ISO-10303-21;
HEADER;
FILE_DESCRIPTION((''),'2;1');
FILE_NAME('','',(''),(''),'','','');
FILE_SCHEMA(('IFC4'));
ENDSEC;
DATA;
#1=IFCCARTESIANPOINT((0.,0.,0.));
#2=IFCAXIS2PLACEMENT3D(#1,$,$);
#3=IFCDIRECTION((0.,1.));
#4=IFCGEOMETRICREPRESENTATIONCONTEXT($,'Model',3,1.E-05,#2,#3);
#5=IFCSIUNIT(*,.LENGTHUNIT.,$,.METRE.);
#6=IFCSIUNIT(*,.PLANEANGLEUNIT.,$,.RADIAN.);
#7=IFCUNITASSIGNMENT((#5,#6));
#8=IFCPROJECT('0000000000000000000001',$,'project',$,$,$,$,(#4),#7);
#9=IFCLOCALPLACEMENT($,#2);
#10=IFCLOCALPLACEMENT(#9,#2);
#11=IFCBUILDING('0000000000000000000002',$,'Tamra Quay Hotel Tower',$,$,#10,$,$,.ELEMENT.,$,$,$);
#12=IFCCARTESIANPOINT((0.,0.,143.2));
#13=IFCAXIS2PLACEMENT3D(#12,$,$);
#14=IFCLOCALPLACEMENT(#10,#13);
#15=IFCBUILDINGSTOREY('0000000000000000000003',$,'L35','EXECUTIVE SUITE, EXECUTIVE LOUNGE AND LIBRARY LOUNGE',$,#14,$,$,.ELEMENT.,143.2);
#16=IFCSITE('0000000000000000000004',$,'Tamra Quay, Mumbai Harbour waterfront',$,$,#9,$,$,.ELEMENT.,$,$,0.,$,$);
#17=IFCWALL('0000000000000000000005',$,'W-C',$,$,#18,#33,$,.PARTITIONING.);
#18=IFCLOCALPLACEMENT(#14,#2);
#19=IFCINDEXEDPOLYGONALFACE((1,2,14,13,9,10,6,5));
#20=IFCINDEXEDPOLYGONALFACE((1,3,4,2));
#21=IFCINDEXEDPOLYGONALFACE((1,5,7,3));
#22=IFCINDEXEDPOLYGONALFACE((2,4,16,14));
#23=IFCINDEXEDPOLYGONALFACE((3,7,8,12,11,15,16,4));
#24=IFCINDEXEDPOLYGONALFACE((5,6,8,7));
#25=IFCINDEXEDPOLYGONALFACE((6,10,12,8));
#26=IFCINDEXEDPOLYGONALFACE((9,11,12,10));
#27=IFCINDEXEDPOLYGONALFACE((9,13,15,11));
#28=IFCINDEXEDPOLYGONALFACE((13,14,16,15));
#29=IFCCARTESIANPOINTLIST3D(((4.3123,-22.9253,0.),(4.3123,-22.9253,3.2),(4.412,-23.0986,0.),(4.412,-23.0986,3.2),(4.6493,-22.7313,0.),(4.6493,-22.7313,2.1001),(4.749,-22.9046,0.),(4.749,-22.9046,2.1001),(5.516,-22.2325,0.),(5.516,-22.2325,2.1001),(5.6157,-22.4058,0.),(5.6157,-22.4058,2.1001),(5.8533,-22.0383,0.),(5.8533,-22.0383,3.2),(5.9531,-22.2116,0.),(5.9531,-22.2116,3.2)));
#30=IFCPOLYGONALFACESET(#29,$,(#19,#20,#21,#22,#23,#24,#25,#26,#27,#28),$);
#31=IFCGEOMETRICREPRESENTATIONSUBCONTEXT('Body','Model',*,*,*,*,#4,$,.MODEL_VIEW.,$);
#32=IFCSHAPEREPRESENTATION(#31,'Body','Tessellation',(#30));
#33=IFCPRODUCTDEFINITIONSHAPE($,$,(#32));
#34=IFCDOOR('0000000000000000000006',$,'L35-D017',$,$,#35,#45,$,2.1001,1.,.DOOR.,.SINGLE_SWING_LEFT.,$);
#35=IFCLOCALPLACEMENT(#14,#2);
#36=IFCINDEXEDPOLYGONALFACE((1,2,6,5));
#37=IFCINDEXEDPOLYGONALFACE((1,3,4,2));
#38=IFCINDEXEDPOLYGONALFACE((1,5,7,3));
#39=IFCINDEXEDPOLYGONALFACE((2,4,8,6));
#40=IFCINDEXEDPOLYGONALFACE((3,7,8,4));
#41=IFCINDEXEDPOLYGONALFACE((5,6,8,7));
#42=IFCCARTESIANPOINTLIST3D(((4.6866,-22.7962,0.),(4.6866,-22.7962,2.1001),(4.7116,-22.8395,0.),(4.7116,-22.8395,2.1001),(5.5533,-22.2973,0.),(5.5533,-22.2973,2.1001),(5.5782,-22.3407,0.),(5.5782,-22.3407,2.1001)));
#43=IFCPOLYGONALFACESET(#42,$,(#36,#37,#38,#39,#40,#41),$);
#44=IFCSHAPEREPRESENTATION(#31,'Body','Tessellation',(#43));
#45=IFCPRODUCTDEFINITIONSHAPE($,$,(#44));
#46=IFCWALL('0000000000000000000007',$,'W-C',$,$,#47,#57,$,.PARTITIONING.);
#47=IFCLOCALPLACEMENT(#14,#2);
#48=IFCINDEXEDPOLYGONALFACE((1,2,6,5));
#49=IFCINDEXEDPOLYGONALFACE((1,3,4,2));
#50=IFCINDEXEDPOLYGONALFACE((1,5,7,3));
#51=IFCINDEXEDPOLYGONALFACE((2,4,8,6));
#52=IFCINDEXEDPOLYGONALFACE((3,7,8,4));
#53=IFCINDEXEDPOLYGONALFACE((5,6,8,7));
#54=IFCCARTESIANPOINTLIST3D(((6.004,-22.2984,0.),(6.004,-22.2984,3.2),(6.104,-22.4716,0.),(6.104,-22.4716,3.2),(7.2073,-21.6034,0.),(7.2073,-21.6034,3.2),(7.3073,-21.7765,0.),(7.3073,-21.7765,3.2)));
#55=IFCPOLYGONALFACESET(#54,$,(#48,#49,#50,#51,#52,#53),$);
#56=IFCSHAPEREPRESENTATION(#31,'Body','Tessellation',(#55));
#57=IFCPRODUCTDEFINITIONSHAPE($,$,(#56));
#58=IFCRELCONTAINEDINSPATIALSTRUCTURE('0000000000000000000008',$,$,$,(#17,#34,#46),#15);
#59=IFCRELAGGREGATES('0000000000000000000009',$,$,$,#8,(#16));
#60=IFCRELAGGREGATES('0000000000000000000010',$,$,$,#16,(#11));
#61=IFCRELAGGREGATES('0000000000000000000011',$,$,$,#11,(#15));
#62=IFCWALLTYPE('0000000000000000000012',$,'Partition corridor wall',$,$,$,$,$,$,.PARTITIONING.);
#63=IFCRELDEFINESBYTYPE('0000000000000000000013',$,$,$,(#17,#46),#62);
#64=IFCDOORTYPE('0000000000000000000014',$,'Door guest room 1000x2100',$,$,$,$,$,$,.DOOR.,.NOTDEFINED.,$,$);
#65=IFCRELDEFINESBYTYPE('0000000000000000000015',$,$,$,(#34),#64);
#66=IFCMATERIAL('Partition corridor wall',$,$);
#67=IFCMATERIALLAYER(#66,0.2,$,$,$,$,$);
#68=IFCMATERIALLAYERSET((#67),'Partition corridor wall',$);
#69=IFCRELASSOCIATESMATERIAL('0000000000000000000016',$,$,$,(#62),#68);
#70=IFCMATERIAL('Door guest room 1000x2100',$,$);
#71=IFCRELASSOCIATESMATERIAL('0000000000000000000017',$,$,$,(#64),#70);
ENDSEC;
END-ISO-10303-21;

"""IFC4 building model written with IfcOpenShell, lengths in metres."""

from ifc_helpers import new_model, si_unit, direction, frame, frame_2d, origin, place, context, subcontext, project, spatial, rectangle, extrude, material, layer, layer_set, type_object, element, fill, save


model = new_model("IFC4")

# Units and contexts
model_context = context("Model", 3, precision=1e-05, world=origin(), true_north=direction((0.0, 1.0)))
body_context = subcontext(model_context, "Body", "Model", "MODEL_VIEW")
ifc_project = project(units=[si_unit("LENGTHUNIT", "METRE"), si_unit("PLANEANGLEUNIT", "RADIAN")], contexts=[model_context])

# Site, building, storey
site_placement = place(None, origin())
site = spatial("IfcSite", under=ifc_project, at=site_placement, Name="Tamra Quay, Mumbai Harbour waterfront", CompositionType="ELEMENT", RefElevation=0.0)
building_placement = place(site_placement, origin())
building = spatial("IfcBuilding", under=site, at=building_placement, Name="Tamra Quay Hotel Tower", CompositionType="ELEMENT")
storey_placement = place(building_placement, frame((0.0, 0.0, 143.2)))
storey = spatial("IfcBuildingStorey", under=building, at=storey_placement, Name="L35", Description="EXECUTIVE SUITE, EXECUTIVE LOUNGE AND LIBRARY LOUNGE", CompositionType="ELEMENT", Elevation=143.2)

# Shared definitions
ifc_material_1 = material(Name="Partition corridor wall")
ifc_layer_1 = layer(ifc_material_1, 0.2)
ifc_layer_set_1 = layer_set([ifc_layer_1], Name="Partition corridor wall")
wall_type_1 = type_object("IfcWallType", Name="Partition corridor wall", PredefinedType="PARTITIONING", material=ifc_layer_set_1)

# Wall, opening, door
wall_1_placement = place(storey_placement, frame((4.3621, -23.012, 0.0), z_axis=(0.0, 0.0, 1.0), x_axis=(0.866693, 0.498843, 0.0)))
wall_1 = element("IfcWall", 1, at=wall_1_placement, inside=storey, type_object=wall_type_1, Name="W-C", PredefinedType="PARTITIONING", context=body_context, shape_type="SweptSolid", body=[
    extrude(rectangle(XDim=1.7781, YDim=0.2, at=frame_2d((0.8892, 0.0))), origin(), (0.0, 0.0, 1.0), 3.2),
])
opening_1_placement = place(wall_1_placement, frame((0.3889, 0.0, 0.0)))
opening_1 = element("IfcOpeningElement", 2, at=opening_1_placement, cuts=wall_1, PredefinedType="OPENING", context=body_context, shape_type="SweptSolid", body=[
    extrude(rectangle(XDim=1.0, YDim=2.1001, at=frame_2d((0.5, 1.05))), frame((0.0, 0.1099, 0.0), z_axis=(0.0, -1.0, 0.0), x_axis=(1.0, 0.0, 0.0)), (0.0, 0.0, 1.0), 0.22),
])
ifc_material_2 = material(Name="Door guest room 1000x2100")
door_type_1 = type_object("IfcDoorType", Name="Door guest room 1000x2100", OperationType="NOTDEFINED", PredefinedType="DOOR", material=ifc_material_2)
door_1_placement = place(opening_1_placement, frame((1.0, 0.0, 0.0), z_axis=(0.0, 0.0, 1.0), x_axis=(-1.0, 0.0, 0.0)))
door_1 = element("IfcDoor", 3, at=door_1_placement, inside=storey, type_object=door_type_1, Name="L35-D017", OperationType="SINGLE_SWING_LEFT", OverallHeight=2.1001, OverallWidth=1.0, PredefinedType="DOOR", context=body_context, shape_type="SweptSolid", body=[
    extrude(rectangle(XDim=1.0, YDim=2.1001, at=frame_2d((0.5, 1.05))), frame((0.0, 0.0249, 0.0), z_axis=(0.0, -1.0, 0.0), x_axis=(1.0, 0.0, 0.0)), (0.0, 0.0, 1.0), 0.05),
])
fill(opening_1, door_1)

# Wall
wall_2_placement = place(storey_placement, frame((6.054, -22.385, 0.0), z_axis=(0.0, 0.0, 1.0), x_axis=(0.865931, 0.500163, 0.0)))
element("IfcWall", 4, at=wall_2_placement, inside=storey, type_object=wall_type_1, Name="W-C", PredefinedType="PARTITIONING", context=body_context, shape_type="SweptSolid", body=[
    extrude(rectangle(XDim=1.3896, YDim=0.2, at=frame_2d((0.6948, 0.0))), origin(), (0.0, 0.0, 1.0), 3.2),
])

save(model, "model.ifc")
